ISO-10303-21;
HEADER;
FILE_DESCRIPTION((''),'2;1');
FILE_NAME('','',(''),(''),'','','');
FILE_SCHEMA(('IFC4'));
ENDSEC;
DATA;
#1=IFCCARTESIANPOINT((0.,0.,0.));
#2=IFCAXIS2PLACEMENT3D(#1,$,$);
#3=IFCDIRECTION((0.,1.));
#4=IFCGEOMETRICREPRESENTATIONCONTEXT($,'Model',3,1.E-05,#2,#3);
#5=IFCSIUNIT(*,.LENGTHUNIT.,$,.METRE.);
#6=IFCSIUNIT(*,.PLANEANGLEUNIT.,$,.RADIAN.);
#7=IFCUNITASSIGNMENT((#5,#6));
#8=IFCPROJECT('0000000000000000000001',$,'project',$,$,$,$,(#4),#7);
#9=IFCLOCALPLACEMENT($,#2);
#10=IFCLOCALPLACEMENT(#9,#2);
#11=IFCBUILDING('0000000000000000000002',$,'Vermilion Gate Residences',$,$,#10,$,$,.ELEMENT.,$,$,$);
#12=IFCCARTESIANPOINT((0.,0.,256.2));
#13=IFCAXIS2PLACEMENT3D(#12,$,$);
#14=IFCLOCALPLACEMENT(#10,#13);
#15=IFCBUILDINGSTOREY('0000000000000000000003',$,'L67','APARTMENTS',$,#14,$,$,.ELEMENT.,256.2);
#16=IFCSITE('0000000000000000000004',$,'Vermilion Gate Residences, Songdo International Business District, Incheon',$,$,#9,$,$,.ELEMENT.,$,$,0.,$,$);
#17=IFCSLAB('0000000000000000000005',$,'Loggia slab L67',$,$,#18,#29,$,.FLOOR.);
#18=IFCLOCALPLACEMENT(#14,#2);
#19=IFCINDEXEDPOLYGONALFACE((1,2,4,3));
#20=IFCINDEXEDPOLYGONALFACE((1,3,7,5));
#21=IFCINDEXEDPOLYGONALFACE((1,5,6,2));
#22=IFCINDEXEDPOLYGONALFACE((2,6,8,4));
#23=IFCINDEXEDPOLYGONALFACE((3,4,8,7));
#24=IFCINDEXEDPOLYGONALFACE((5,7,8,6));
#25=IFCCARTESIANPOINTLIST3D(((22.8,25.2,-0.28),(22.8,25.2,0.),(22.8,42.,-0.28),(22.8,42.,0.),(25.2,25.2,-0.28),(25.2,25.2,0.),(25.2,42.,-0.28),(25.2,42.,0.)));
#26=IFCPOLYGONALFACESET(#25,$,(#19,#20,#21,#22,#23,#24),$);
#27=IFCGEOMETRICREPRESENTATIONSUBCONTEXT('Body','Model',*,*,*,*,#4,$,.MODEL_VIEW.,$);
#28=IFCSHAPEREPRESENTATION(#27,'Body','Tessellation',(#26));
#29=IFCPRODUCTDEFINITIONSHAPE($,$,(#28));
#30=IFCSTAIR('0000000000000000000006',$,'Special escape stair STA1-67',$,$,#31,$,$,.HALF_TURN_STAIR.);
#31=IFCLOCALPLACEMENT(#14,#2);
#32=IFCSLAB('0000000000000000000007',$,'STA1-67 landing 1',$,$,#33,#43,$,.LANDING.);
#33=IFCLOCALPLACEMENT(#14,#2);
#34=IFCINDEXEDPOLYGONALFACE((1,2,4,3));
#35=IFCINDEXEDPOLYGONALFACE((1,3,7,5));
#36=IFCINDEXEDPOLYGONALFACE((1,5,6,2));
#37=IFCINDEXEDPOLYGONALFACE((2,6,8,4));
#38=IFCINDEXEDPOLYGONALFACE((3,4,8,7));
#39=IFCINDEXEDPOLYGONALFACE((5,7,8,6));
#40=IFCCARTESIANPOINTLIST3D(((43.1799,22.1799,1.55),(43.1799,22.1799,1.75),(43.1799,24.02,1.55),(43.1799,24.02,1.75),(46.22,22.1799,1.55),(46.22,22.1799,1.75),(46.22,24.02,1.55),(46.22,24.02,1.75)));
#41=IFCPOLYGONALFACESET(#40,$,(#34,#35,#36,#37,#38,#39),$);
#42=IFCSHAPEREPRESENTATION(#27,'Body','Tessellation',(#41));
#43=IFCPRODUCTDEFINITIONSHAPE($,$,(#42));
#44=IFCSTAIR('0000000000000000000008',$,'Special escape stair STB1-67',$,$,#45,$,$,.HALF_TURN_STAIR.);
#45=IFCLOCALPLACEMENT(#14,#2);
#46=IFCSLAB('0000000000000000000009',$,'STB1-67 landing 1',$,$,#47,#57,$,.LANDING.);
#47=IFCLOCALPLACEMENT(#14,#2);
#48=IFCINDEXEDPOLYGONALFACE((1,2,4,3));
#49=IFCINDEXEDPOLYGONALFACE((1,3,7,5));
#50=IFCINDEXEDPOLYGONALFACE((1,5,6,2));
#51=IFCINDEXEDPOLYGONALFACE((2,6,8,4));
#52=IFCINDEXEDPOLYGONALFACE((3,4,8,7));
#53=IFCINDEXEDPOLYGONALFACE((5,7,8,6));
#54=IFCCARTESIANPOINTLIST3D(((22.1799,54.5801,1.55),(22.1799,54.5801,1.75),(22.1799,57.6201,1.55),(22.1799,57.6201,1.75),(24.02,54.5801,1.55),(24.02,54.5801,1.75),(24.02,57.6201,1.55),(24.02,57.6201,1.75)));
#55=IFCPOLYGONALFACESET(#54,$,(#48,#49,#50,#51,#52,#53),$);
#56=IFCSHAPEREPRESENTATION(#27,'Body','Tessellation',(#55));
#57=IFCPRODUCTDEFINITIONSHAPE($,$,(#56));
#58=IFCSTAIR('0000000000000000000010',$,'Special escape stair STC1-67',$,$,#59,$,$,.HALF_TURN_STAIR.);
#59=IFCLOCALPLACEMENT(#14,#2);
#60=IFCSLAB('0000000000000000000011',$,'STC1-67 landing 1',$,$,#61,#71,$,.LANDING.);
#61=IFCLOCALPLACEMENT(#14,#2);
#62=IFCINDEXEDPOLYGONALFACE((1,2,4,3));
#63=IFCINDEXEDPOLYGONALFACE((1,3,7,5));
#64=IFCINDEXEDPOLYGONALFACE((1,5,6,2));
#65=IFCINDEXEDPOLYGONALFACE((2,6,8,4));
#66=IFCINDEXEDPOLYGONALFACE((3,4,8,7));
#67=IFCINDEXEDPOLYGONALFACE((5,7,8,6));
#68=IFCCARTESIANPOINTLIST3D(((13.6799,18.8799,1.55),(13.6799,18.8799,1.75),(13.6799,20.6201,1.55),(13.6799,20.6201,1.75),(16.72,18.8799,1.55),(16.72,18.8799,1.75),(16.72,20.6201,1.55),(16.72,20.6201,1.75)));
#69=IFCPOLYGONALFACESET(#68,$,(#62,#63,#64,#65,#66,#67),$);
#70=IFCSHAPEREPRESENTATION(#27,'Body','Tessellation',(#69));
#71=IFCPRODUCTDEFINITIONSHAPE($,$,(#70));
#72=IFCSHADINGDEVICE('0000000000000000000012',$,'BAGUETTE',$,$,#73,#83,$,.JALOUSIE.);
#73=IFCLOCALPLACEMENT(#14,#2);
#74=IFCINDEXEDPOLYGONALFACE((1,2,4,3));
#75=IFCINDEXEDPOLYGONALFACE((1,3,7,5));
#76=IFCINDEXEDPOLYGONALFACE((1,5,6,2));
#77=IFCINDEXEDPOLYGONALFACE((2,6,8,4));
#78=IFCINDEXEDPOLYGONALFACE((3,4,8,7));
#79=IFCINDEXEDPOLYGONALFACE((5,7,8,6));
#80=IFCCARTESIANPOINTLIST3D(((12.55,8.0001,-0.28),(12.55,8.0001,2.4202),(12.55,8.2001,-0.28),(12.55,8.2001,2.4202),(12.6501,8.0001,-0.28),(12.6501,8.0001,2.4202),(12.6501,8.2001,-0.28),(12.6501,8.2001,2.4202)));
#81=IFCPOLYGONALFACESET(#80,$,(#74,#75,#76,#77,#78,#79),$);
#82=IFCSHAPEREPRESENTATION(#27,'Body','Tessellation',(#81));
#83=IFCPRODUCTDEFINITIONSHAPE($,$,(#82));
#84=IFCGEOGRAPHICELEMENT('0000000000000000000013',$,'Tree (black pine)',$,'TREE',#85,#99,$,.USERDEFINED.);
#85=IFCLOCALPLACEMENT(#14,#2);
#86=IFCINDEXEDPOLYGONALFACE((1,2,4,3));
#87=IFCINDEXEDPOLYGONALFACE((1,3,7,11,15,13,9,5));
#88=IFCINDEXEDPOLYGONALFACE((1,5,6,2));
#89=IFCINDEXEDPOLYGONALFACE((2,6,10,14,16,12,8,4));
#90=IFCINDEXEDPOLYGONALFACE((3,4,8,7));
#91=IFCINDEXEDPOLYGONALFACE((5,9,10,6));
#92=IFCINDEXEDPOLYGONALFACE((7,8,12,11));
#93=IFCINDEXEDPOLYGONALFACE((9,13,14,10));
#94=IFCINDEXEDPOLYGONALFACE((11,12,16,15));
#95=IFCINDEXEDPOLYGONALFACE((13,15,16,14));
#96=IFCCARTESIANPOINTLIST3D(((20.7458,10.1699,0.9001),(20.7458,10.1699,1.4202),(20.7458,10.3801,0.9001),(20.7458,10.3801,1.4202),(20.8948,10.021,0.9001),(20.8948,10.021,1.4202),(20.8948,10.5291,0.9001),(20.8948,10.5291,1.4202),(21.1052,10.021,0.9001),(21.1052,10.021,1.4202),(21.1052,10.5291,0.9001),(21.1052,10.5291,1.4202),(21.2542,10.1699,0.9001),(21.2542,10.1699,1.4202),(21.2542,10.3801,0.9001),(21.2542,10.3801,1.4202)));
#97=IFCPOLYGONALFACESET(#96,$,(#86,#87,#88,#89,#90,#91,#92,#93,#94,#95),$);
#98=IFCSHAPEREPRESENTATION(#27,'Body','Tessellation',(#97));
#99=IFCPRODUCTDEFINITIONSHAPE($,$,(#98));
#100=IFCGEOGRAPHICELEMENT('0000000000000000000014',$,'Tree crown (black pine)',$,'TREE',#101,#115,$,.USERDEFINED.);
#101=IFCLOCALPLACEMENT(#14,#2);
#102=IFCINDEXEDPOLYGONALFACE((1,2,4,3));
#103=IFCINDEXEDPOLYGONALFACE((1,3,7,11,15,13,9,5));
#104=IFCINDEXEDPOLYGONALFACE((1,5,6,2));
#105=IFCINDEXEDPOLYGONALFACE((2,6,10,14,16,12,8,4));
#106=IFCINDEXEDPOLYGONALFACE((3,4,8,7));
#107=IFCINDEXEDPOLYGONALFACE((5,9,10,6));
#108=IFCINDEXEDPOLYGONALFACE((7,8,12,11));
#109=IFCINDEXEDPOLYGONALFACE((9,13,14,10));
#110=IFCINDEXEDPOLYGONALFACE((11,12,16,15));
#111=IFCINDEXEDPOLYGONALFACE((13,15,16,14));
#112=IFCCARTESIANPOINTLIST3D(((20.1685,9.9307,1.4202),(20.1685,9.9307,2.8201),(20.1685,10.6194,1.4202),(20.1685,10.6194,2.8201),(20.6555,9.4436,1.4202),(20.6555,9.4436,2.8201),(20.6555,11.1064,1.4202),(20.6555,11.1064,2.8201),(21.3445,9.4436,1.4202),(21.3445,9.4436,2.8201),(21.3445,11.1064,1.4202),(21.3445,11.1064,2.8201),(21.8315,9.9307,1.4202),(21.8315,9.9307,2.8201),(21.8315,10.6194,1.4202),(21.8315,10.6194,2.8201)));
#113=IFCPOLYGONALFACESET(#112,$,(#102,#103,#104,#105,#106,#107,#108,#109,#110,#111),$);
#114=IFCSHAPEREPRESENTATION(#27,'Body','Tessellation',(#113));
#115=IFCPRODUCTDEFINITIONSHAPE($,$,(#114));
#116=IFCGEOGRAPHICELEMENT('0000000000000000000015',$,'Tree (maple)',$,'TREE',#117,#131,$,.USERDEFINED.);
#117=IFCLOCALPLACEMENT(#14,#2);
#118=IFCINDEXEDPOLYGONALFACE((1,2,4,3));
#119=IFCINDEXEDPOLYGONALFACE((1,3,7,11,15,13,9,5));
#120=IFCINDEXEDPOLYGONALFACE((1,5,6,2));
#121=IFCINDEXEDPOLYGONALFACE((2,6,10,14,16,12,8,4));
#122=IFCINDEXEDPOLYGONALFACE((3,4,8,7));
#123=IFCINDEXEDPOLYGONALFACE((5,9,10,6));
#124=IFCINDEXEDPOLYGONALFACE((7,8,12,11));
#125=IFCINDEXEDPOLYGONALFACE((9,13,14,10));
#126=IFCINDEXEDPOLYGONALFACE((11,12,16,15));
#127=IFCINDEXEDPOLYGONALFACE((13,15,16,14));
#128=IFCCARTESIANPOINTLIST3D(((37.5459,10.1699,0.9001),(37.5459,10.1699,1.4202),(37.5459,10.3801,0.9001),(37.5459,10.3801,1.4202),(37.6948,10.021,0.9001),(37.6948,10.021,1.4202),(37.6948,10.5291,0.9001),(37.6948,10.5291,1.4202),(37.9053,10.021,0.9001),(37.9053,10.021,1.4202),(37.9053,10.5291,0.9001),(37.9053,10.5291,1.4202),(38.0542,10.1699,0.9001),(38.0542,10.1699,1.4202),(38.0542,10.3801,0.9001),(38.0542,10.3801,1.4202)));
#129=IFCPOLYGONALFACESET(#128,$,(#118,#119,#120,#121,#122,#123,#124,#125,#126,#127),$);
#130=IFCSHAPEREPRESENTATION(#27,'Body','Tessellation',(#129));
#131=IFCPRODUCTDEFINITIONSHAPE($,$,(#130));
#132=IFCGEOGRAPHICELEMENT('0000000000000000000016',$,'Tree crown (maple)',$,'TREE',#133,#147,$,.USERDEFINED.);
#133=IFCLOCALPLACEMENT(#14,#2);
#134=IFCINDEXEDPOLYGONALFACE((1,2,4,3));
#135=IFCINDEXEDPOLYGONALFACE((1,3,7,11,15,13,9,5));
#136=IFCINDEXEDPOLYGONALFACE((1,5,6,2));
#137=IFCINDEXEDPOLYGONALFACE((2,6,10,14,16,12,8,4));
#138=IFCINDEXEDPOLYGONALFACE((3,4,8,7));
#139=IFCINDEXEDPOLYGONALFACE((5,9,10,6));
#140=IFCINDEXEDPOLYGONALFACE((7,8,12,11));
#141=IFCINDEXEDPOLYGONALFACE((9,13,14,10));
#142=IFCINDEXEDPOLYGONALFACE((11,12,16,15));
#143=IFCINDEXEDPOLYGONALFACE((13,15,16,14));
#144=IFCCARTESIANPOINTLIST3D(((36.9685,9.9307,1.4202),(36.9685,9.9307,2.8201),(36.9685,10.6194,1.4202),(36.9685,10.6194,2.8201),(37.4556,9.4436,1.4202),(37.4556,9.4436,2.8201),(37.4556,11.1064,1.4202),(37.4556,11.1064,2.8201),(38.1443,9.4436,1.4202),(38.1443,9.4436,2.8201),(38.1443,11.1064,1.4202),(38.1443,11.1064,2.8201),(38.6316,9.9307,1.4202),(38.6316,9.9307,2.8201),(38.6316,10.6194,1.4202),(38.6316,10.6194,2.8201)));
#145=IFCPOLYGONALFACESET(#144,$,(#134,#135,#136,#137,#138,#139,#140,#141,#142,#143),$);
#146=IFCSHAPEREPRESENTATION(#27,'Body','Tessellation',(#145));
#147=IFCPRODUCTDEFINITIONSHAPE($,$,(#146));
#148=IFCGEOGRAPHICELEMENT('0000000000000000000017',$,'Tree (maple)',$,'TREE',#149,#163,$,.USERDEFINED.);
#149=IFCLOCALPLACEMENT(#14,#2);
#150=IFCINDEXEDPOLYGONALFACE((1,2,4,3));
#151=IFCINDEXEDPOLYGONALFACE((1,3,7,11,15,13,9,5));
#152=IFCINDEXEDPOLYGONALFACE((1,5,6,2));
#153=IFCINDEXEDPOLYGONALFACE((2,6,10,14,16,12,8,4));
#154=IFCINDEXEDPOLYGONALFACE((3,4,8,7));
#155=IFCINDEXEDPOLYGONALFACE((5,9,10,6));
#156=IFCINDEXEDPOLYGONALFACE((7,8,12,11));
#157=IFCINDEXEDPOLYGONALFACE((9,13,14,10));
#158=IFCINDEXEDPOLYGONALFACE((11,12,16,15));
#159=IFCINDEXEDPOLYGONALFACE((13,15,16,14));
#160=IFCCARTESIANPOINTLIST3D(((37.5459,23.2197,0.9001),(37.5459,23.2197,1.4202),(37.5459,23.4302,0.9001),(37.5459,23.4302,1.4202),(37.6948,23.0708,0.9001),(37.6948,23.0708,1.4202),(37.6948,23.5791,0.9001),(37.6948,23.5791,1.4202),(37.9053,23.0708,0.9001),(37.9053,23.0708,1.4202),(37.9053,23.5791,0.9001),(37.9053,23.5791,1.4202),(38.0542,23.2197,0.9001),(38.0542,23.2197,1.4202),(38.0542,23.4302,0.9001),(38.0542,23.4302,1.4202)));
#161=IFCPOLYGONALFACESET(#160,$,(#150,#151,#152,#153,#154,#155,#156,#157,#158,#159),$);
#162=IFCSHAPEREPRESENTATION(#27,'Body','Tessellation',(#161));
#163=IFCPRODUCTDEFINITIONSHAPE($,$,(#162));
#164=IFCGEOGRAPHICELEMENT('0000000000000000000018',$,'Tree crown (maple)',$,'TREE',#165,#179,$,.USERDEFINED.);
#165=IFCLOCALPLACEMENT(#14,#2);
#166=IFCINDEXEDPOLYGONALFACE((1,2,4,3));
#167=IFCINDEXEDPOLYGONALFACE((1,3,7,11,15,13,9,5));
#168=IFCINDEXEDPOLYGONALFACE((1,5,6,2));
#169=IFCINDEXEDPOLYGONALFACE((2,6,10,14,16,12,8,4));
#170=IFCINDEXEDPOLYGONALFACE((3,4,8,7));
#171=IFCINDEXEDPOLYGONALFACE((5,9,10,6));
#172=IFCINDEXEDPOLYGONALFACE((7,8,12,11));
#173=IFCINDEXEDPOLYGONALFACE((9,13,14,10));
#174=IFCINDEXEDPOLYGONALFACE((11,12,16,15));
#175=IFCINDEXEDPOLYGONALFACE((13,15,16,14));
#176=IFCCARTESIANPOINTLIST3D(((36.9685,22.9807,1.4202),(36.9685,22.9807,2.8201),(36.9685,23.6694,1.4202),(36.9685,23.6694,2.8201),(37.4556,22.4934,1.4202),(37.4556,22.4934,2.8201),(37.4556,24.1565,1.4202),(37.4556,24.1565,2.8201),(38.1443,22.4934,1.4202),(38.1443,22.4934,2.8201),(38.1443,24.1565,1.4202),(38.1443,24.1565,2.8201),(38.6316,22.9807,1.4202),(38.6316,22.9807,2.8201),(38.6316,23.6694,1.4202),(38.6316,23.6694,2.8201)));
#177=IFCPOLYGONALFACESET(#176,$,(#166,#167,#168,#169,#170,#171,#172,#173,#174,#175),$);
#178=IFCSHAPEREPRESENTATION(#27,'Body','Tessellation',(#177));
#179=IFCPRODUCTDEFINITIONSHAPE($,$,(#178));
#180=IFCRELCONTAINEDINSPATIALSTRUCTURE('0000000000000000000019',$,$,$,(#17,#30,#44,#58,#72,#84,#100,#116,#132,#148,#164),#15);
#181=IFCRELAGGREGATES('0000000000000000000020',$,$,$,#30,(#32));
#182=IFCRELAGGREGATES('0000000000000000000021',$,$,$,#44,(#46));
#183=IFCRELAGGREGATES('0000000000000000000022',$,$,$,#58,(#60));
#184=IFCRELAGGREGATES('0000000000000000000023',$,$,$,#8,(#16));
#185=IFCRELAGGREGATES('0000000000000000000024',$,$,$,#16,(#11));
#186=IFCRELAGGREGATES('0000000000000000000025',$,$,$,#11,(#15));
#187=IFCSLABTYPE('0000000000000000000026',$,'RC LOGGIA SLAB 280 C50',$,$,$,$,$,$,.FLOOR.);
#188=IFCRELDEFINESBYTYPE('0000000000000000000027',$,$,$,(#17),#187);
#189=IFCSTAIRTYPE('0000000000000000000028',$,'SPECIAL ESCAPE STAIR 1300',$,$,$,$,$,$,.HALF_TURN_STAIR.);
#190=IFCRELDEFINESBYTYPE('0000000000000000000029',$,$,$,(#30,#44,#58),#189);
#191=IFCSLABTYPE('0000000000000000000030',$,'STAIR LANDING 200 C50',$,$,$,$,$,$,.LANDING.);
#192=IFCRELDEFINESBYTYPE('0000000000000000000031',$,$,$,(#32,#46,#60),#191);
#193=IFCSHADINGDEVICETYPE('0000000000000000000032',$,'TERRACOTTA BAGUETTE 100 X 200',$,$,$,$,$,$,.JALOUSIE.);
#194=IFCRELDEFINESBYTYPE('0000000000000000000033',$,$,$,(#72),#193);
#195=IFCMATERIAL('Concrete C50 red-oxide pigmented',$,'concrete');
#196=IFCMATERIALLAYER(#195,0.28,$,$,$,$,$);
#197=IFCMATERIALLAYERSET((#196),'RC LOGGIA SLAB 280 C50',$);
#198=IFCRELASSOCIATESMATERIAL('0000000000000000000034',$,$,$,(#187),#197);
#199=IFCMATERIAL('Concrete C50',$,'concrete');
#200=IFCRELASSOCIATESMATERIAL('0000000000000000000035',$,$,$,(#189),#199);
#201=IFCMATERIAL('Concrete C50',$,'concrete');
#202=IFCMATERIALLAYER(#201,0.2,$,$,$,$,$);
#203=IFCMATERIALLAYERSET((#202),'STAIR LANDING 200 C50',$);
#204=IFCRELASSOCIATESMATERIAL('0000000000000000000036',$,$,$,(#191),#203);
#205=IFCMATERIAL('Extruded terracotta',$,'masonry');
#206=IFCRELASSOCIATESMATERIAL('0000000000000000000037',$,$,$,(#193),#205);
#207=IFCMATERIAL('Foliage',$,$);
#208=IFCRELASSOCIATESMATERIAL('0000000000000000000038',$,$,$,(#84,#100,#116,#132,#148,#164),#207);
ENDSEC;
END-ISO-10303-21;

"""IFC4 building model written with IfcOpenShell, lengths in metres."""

from ifc_helpers import new_model, si_unit, direction, frame, origin, origin_2d, place, context, subcontext, project, spatial, polyline, rectangle, outline, extrude, material, layer, layer_set, material_profile, profile_set, type_object, element, aggregate, save


model = new_model("IFC4")

# Units and contexts
model_context = context("Model", 3, precision=1e-05, world=origin(), true_north=direction((0.0, 1.0)))
body_context = subcontext(model_context, "Body", "Model", "MODEL_VIEW")
ifc_project = project(units=[si_unit("LENGTHUNIT", "METRE"), si_unit("PLANEANGLEUNIT", "RADIAN")], contexts=[model_context])

# Site, building, storey
site_placement = place(None, origin())
site = spatial("IfcSite", under=ifc_project, at=site_placement, Name="Vermilion Gate Residences, Songdo International Business District, Incheon", CompositionType="ELEMENT", RefElevation=0.0)
building_placement = place(site_placement, origin())
building = spatial("IfcBuilding", under=site, at=building_placement, Name="Vermilion Gate Residences", CompositionType="ELEMENT")
storey_placement = place(building_placement, frame((0.0, 0.0, 256.2)))
storey = spatial("IfcBuildingStorey", under=building, at=storey_placement, Name="L67", Description="APARTMENTS", CompositionType="ELEMENT", Elevation=256.2)

# Slab
ifc_material_1 = material(Name="Concrete C50 red-oxide pigmented", Category="concrete")
ifc_layer_1 = layer(ifc_material_1, 0.28)
ifc_layer_set_1 = layer_set([ifc_layer_1], Name="RC LOGGIA SLAB 280 C50")
slab_type_1 = type_object("IfcSlabType", Name="RC LOGGIA SLAB 280 C50", PredefinedType="FLOOR", material=ifc_layer_set_1)
slab_1_placement = place(storey_placement, frame((0.0, 0.0, -0.28)))
element("IfcSlab", 1, at=slab_1_placement, inside=storey, type_object=slab_type_1, Name="Loggia slab L67", PredefinedType="FLOOR", context=body_context, shape_type="SweptSolid", body=[
    extrude(outline(polyline([(25.2, 42.0), (22.8, 42.0), (22.8, 25.2), (25.2, 25.2), (25.2, 42.0)])), origin(), (0.0, 0.0, 1.0), 0.28),
])

# Stairs, slabs
ifc_material_2 = material(Name="Concrete C50", Category="concrete")
stair_type = type_object("IfcStairType", Name="SPECIAL ESCAPE STAIR 1300", PredefinedType="HALF_TURN_STAIR", material=ifc_material_2)
stair_1_placement = place(storey_placement, origin())
stair_1 = element("IfcStair", 2, at=stair_1_placement, inside=storey, type_object=stair_type, Name="Special escape stair STA1-67", PredefinedType="HALF_TURN_STAIR")
ifc_material_3 = material(Name="Concrete C50", Category="concrete")
ifc_layer_2 = layer(ifc_material_3, 0.2)
ifc_layer_set_2 = layer_set([ifc_layer_2], Name="STAIR LANDING 200 C50")
slab_type_2 = type_object("IfcSlabType", Name="STAIR LANDING 200 C50", PredefinedType="LANDING", material=ifc_layer_set_2)
slab_2_placement = place(storey_placement, frame((0.0, 0.0, 1.55)))
slab_2 = element("IfcSlab", 3, at=slab_2_placement, type_object=slab_type_2, Name="STA1-67 landing 1", PredefinedType="LANDING", context=body_context, shape_type="SweptSolid", body=[
    extrude(outline(polyline([(46.22, 22.1799), (46.22, 24.02), (43.1799, 24.02), (43.1799, 22.1799), (46.22, 22.1799)])), origin(), (0.0, 0.0, 1.0), 0.2),
])
aggregate(stair_1, [slab_2])
stair_2_placement = place(storey_placement, origin())
stair_2 = element("IfcStair", 4, at=stair_2_placement, inside=storey, type_object=stair_type, Name="Special escape stair STB1-67", PredefinedType="HALF_TURN_STAIR")
slab_3_placement = place(storey_placement, frame((0.0, 0.0, 1.55)))
slab_3 = element("IfcSlab", 5, at=slab_3_placement, type_object=slab_type_2, Name="STB1-67 landing 1", PredefinedType="LANDING", context=body_context, shape_type="SweptSolid", body=[
    extrude(outline(polyline([(24.02, 54.5801), (24.02, 57.6201), (22.1799, 57.6201), (22.1799, 54.5801), (24.02, 54.5801)])), origin(), (0.0, 0.0, 1.0), 0.2),
])
aggregate(stair_2, [slab_3])
stair_3_placement = place(storey_placement, origin())
stair_3 = element("IfcStair", 6, at=stair_3_placement, inside=storey, type_object=stair_type, Name="Special escape stair STC1-67", PredefinedType="HALF_TURN_STAIR")
slab_4_placement = place(storey_placement, frame((0.0, 0.0, 1.55)))
slab_4 = element("IfcSlab", 7, at=slab_4_placement, type_object=slab_type_2, Name="STC1-67 landing 1", PredefinedType="LANDING", context=body_context, shape_type="SweptSolid", body=[
    extrude(outline(polyline([(16.72, 18.8799), (16.72, 20.6201), (13.6799, 20.6201), (13.6799, 18.8799), (16.72, 18.8799)])), origin(), (0.0, 0.0, 1.0), 0.2),
])
aggregate(stair_3, [slab_4])

# Shading device
ifc_material_4 = material(Name="Extruded terracotta", Category="masonry")
ifc_material_profile_1 = material_profile(ifc_material_4, rectangle(XDim=0.2, YDim=0.1001, at=origin_2d()), Name="BAGUETTE 100 X 200")
ifc_profile_set_1 = profile_set([ifc_material_profile_1], Name="Extruded terracotta")
shading_device_type = type_object("IfcShadingDeviceType", Name="TERRACOTTA BAGUETTE 100 X 200", PredefinedType="JALOUSIE", material=ifc_profile_set_1)
shading_device_placement = place(storey_placement, frame((12.6001, 8.1001, -0.28), z_axis=(0.0, 0.0, 1.0), x_axis=(0.0, 1.0, 0.0)))
element("IfcShadingDevice", 8, at=shading_device_placement, inside=storey, type_object=shading_device_type, Name="BAGUETTE", PredefinedType="JALOUSIE", context=body_context, shape_type="SweptSolid", body=[
    extrude(rectangle(XDim=0.2, YDim=0.1001, at=origin_2d()), origin(), (0.0, 0.0, 1.0), 2.7002),
])

# Geographic elements
ifc_material_5 = material(Name="Foliage")
geographic_element_1_placement = place(storey_placement, frame((0.0, 0.0, 0.9001)))
element("IfcGeographicElement", 9, at=geographic_element_1_placement, inside=storey, material=ifc_material_5, Name="Tree (black pine)", ObjectType="TREE", PredefinedType="USERDEFINED", context=body_context, shape_type="SweptSolid", body=[
    extrude(outline(polyline([(21.2542, 10.3801), (21.1052, 10.5291), (20.8948, 10.5291), (20.7458, 10.3801), (20.7458, 10.1699), (20.8948, 10.021), (21.1052, 10.021), (21.2542, 10.1699), (21.2542, 10.3801)])), origin(), (0.0, 0.0, 1.0), 0.52),
])
geographic_element_2_placement = place(storey_placement, frame((0.0, 0.0, 1.4202)))
element("IfcGeographicElement", 10, at=geographic_element_2_placement, inside=storey, material=ifc_material_5, Name="Tree crown (black pine)", ObjectType="TREE", PredefinedType="USERDEFINED", context=body_context, shape_type="SweptSolid", body=[
    extrude(outline(polyline([(21.8315, 10.6194), (21.3445, 11.1064), (20.6555, 11.1064), (20.1685, 10.6194), (20.1685, 9.9307), (20.6555, 9.4436), (21.3445, 9.4436), (21.8315, 9.9307), (21.8315, 10.6194)])), origin(), (0.0, 0.0, 1.0), 1.3999),
])
geographic_element_3_placement = place(storey_placement, frame((0.0, 0.0, 0.9001)))
element("IfcGeographicElement", 11, at=geographic_element_3_placement, inside=storey, material=ifc_material_5, Name="Tree (maple)", ObjectType="TREE", PredefinedType="USERDEFINED", context=body_context, shape_type="SweptSolid", body=[
    extrude(outline(polyline([(38.0542, 10.3801), (37.9053, 10.5291), (37.6948, 10.5291), (37.5459, 10.3801), (37.5459, 10.1699), (37.6948, 10.021), (37.9053, 10.021), (38.0542, 10.1699), (38.0542, 10.3801)])), origin(), (0.0, 0.0, 1.0), 0.52),
])
geographic_element_4_placement = place(storey_placement, frame((0.0, 0.0, 1.4202)))
element("IfcGeographicElement", 12, at=geographic_element_4_placement, inside=storey, material=ifc_material_5, Name="Tree crown (maple)", ObjectType="TREE", PredefinedType="USERDEFINED", context=body_context, shape_type="SweptSolid", body=[
    extrude(outline(polyline([(38.6316, 10.6194), (38.1443, 11.1064), (37.4556, 11.1064), (36.9685, 10.6194), (36.9685, 9.9307), (37.4556, 9.4436), (38.1443, 9.4436), (38.6316, 9.9307), (38.6316, 10.6194)])), origin(), (0.0, 0.0, 1.0), 1.3999),
])
geographic_element_5_placement = place(storey_placement, frame((0.0, 0.0, 0.9001)))
element("IfcGeographicElement", 13, at=geographic_element_5_placement, inside=storey, material=ifc_material_5, Name="Tree (maple)", ObjectType="TREE", PredefinedType="USERDEFINED", context=body_context, shape_type="SweptSolid", body=[
    extrude(outline(polyline([(38.0542, 23.4302), (37.9053, 23.5791), (37.6948, 23.5791), (37.5459, 23.4302), (37.5459, 23.2197), (37.6948, 23.0708), (37.9053, 23.0708), (38.0542, 23.2197), (38.0542, 23.4302)])), origin(), (0.0, 0.0, 1.0), 0.52),
])
geographic_element_6_placement = place(storey_placement, frame((0.0, 0.0, 1.4202)))
element("IfcGeographicElement", 14, at=geographic_element_6_placement, inside=storey, material=ifc_material_5, Name="Tree crown (maple)", ObjectType="TREE", PredefinedType="USERDEFINED", context=body_context, shape_type="SweptSolid", body=[
    extrude(outline(polyline([(38.6316, 23.6694), (38.1443, 24.1565), (37.4556, 24.1565), (36.9685, 23.6694), (36.9685, 22.9807), (37.4556, 22.4934), (38.1443, 22.4934), (38.6316, 22.9807), (38.6316, 23.6694)])), origin(), (0.0, 0.0, 1.0), 1.3999),
])

save(model, "model.ifc")
